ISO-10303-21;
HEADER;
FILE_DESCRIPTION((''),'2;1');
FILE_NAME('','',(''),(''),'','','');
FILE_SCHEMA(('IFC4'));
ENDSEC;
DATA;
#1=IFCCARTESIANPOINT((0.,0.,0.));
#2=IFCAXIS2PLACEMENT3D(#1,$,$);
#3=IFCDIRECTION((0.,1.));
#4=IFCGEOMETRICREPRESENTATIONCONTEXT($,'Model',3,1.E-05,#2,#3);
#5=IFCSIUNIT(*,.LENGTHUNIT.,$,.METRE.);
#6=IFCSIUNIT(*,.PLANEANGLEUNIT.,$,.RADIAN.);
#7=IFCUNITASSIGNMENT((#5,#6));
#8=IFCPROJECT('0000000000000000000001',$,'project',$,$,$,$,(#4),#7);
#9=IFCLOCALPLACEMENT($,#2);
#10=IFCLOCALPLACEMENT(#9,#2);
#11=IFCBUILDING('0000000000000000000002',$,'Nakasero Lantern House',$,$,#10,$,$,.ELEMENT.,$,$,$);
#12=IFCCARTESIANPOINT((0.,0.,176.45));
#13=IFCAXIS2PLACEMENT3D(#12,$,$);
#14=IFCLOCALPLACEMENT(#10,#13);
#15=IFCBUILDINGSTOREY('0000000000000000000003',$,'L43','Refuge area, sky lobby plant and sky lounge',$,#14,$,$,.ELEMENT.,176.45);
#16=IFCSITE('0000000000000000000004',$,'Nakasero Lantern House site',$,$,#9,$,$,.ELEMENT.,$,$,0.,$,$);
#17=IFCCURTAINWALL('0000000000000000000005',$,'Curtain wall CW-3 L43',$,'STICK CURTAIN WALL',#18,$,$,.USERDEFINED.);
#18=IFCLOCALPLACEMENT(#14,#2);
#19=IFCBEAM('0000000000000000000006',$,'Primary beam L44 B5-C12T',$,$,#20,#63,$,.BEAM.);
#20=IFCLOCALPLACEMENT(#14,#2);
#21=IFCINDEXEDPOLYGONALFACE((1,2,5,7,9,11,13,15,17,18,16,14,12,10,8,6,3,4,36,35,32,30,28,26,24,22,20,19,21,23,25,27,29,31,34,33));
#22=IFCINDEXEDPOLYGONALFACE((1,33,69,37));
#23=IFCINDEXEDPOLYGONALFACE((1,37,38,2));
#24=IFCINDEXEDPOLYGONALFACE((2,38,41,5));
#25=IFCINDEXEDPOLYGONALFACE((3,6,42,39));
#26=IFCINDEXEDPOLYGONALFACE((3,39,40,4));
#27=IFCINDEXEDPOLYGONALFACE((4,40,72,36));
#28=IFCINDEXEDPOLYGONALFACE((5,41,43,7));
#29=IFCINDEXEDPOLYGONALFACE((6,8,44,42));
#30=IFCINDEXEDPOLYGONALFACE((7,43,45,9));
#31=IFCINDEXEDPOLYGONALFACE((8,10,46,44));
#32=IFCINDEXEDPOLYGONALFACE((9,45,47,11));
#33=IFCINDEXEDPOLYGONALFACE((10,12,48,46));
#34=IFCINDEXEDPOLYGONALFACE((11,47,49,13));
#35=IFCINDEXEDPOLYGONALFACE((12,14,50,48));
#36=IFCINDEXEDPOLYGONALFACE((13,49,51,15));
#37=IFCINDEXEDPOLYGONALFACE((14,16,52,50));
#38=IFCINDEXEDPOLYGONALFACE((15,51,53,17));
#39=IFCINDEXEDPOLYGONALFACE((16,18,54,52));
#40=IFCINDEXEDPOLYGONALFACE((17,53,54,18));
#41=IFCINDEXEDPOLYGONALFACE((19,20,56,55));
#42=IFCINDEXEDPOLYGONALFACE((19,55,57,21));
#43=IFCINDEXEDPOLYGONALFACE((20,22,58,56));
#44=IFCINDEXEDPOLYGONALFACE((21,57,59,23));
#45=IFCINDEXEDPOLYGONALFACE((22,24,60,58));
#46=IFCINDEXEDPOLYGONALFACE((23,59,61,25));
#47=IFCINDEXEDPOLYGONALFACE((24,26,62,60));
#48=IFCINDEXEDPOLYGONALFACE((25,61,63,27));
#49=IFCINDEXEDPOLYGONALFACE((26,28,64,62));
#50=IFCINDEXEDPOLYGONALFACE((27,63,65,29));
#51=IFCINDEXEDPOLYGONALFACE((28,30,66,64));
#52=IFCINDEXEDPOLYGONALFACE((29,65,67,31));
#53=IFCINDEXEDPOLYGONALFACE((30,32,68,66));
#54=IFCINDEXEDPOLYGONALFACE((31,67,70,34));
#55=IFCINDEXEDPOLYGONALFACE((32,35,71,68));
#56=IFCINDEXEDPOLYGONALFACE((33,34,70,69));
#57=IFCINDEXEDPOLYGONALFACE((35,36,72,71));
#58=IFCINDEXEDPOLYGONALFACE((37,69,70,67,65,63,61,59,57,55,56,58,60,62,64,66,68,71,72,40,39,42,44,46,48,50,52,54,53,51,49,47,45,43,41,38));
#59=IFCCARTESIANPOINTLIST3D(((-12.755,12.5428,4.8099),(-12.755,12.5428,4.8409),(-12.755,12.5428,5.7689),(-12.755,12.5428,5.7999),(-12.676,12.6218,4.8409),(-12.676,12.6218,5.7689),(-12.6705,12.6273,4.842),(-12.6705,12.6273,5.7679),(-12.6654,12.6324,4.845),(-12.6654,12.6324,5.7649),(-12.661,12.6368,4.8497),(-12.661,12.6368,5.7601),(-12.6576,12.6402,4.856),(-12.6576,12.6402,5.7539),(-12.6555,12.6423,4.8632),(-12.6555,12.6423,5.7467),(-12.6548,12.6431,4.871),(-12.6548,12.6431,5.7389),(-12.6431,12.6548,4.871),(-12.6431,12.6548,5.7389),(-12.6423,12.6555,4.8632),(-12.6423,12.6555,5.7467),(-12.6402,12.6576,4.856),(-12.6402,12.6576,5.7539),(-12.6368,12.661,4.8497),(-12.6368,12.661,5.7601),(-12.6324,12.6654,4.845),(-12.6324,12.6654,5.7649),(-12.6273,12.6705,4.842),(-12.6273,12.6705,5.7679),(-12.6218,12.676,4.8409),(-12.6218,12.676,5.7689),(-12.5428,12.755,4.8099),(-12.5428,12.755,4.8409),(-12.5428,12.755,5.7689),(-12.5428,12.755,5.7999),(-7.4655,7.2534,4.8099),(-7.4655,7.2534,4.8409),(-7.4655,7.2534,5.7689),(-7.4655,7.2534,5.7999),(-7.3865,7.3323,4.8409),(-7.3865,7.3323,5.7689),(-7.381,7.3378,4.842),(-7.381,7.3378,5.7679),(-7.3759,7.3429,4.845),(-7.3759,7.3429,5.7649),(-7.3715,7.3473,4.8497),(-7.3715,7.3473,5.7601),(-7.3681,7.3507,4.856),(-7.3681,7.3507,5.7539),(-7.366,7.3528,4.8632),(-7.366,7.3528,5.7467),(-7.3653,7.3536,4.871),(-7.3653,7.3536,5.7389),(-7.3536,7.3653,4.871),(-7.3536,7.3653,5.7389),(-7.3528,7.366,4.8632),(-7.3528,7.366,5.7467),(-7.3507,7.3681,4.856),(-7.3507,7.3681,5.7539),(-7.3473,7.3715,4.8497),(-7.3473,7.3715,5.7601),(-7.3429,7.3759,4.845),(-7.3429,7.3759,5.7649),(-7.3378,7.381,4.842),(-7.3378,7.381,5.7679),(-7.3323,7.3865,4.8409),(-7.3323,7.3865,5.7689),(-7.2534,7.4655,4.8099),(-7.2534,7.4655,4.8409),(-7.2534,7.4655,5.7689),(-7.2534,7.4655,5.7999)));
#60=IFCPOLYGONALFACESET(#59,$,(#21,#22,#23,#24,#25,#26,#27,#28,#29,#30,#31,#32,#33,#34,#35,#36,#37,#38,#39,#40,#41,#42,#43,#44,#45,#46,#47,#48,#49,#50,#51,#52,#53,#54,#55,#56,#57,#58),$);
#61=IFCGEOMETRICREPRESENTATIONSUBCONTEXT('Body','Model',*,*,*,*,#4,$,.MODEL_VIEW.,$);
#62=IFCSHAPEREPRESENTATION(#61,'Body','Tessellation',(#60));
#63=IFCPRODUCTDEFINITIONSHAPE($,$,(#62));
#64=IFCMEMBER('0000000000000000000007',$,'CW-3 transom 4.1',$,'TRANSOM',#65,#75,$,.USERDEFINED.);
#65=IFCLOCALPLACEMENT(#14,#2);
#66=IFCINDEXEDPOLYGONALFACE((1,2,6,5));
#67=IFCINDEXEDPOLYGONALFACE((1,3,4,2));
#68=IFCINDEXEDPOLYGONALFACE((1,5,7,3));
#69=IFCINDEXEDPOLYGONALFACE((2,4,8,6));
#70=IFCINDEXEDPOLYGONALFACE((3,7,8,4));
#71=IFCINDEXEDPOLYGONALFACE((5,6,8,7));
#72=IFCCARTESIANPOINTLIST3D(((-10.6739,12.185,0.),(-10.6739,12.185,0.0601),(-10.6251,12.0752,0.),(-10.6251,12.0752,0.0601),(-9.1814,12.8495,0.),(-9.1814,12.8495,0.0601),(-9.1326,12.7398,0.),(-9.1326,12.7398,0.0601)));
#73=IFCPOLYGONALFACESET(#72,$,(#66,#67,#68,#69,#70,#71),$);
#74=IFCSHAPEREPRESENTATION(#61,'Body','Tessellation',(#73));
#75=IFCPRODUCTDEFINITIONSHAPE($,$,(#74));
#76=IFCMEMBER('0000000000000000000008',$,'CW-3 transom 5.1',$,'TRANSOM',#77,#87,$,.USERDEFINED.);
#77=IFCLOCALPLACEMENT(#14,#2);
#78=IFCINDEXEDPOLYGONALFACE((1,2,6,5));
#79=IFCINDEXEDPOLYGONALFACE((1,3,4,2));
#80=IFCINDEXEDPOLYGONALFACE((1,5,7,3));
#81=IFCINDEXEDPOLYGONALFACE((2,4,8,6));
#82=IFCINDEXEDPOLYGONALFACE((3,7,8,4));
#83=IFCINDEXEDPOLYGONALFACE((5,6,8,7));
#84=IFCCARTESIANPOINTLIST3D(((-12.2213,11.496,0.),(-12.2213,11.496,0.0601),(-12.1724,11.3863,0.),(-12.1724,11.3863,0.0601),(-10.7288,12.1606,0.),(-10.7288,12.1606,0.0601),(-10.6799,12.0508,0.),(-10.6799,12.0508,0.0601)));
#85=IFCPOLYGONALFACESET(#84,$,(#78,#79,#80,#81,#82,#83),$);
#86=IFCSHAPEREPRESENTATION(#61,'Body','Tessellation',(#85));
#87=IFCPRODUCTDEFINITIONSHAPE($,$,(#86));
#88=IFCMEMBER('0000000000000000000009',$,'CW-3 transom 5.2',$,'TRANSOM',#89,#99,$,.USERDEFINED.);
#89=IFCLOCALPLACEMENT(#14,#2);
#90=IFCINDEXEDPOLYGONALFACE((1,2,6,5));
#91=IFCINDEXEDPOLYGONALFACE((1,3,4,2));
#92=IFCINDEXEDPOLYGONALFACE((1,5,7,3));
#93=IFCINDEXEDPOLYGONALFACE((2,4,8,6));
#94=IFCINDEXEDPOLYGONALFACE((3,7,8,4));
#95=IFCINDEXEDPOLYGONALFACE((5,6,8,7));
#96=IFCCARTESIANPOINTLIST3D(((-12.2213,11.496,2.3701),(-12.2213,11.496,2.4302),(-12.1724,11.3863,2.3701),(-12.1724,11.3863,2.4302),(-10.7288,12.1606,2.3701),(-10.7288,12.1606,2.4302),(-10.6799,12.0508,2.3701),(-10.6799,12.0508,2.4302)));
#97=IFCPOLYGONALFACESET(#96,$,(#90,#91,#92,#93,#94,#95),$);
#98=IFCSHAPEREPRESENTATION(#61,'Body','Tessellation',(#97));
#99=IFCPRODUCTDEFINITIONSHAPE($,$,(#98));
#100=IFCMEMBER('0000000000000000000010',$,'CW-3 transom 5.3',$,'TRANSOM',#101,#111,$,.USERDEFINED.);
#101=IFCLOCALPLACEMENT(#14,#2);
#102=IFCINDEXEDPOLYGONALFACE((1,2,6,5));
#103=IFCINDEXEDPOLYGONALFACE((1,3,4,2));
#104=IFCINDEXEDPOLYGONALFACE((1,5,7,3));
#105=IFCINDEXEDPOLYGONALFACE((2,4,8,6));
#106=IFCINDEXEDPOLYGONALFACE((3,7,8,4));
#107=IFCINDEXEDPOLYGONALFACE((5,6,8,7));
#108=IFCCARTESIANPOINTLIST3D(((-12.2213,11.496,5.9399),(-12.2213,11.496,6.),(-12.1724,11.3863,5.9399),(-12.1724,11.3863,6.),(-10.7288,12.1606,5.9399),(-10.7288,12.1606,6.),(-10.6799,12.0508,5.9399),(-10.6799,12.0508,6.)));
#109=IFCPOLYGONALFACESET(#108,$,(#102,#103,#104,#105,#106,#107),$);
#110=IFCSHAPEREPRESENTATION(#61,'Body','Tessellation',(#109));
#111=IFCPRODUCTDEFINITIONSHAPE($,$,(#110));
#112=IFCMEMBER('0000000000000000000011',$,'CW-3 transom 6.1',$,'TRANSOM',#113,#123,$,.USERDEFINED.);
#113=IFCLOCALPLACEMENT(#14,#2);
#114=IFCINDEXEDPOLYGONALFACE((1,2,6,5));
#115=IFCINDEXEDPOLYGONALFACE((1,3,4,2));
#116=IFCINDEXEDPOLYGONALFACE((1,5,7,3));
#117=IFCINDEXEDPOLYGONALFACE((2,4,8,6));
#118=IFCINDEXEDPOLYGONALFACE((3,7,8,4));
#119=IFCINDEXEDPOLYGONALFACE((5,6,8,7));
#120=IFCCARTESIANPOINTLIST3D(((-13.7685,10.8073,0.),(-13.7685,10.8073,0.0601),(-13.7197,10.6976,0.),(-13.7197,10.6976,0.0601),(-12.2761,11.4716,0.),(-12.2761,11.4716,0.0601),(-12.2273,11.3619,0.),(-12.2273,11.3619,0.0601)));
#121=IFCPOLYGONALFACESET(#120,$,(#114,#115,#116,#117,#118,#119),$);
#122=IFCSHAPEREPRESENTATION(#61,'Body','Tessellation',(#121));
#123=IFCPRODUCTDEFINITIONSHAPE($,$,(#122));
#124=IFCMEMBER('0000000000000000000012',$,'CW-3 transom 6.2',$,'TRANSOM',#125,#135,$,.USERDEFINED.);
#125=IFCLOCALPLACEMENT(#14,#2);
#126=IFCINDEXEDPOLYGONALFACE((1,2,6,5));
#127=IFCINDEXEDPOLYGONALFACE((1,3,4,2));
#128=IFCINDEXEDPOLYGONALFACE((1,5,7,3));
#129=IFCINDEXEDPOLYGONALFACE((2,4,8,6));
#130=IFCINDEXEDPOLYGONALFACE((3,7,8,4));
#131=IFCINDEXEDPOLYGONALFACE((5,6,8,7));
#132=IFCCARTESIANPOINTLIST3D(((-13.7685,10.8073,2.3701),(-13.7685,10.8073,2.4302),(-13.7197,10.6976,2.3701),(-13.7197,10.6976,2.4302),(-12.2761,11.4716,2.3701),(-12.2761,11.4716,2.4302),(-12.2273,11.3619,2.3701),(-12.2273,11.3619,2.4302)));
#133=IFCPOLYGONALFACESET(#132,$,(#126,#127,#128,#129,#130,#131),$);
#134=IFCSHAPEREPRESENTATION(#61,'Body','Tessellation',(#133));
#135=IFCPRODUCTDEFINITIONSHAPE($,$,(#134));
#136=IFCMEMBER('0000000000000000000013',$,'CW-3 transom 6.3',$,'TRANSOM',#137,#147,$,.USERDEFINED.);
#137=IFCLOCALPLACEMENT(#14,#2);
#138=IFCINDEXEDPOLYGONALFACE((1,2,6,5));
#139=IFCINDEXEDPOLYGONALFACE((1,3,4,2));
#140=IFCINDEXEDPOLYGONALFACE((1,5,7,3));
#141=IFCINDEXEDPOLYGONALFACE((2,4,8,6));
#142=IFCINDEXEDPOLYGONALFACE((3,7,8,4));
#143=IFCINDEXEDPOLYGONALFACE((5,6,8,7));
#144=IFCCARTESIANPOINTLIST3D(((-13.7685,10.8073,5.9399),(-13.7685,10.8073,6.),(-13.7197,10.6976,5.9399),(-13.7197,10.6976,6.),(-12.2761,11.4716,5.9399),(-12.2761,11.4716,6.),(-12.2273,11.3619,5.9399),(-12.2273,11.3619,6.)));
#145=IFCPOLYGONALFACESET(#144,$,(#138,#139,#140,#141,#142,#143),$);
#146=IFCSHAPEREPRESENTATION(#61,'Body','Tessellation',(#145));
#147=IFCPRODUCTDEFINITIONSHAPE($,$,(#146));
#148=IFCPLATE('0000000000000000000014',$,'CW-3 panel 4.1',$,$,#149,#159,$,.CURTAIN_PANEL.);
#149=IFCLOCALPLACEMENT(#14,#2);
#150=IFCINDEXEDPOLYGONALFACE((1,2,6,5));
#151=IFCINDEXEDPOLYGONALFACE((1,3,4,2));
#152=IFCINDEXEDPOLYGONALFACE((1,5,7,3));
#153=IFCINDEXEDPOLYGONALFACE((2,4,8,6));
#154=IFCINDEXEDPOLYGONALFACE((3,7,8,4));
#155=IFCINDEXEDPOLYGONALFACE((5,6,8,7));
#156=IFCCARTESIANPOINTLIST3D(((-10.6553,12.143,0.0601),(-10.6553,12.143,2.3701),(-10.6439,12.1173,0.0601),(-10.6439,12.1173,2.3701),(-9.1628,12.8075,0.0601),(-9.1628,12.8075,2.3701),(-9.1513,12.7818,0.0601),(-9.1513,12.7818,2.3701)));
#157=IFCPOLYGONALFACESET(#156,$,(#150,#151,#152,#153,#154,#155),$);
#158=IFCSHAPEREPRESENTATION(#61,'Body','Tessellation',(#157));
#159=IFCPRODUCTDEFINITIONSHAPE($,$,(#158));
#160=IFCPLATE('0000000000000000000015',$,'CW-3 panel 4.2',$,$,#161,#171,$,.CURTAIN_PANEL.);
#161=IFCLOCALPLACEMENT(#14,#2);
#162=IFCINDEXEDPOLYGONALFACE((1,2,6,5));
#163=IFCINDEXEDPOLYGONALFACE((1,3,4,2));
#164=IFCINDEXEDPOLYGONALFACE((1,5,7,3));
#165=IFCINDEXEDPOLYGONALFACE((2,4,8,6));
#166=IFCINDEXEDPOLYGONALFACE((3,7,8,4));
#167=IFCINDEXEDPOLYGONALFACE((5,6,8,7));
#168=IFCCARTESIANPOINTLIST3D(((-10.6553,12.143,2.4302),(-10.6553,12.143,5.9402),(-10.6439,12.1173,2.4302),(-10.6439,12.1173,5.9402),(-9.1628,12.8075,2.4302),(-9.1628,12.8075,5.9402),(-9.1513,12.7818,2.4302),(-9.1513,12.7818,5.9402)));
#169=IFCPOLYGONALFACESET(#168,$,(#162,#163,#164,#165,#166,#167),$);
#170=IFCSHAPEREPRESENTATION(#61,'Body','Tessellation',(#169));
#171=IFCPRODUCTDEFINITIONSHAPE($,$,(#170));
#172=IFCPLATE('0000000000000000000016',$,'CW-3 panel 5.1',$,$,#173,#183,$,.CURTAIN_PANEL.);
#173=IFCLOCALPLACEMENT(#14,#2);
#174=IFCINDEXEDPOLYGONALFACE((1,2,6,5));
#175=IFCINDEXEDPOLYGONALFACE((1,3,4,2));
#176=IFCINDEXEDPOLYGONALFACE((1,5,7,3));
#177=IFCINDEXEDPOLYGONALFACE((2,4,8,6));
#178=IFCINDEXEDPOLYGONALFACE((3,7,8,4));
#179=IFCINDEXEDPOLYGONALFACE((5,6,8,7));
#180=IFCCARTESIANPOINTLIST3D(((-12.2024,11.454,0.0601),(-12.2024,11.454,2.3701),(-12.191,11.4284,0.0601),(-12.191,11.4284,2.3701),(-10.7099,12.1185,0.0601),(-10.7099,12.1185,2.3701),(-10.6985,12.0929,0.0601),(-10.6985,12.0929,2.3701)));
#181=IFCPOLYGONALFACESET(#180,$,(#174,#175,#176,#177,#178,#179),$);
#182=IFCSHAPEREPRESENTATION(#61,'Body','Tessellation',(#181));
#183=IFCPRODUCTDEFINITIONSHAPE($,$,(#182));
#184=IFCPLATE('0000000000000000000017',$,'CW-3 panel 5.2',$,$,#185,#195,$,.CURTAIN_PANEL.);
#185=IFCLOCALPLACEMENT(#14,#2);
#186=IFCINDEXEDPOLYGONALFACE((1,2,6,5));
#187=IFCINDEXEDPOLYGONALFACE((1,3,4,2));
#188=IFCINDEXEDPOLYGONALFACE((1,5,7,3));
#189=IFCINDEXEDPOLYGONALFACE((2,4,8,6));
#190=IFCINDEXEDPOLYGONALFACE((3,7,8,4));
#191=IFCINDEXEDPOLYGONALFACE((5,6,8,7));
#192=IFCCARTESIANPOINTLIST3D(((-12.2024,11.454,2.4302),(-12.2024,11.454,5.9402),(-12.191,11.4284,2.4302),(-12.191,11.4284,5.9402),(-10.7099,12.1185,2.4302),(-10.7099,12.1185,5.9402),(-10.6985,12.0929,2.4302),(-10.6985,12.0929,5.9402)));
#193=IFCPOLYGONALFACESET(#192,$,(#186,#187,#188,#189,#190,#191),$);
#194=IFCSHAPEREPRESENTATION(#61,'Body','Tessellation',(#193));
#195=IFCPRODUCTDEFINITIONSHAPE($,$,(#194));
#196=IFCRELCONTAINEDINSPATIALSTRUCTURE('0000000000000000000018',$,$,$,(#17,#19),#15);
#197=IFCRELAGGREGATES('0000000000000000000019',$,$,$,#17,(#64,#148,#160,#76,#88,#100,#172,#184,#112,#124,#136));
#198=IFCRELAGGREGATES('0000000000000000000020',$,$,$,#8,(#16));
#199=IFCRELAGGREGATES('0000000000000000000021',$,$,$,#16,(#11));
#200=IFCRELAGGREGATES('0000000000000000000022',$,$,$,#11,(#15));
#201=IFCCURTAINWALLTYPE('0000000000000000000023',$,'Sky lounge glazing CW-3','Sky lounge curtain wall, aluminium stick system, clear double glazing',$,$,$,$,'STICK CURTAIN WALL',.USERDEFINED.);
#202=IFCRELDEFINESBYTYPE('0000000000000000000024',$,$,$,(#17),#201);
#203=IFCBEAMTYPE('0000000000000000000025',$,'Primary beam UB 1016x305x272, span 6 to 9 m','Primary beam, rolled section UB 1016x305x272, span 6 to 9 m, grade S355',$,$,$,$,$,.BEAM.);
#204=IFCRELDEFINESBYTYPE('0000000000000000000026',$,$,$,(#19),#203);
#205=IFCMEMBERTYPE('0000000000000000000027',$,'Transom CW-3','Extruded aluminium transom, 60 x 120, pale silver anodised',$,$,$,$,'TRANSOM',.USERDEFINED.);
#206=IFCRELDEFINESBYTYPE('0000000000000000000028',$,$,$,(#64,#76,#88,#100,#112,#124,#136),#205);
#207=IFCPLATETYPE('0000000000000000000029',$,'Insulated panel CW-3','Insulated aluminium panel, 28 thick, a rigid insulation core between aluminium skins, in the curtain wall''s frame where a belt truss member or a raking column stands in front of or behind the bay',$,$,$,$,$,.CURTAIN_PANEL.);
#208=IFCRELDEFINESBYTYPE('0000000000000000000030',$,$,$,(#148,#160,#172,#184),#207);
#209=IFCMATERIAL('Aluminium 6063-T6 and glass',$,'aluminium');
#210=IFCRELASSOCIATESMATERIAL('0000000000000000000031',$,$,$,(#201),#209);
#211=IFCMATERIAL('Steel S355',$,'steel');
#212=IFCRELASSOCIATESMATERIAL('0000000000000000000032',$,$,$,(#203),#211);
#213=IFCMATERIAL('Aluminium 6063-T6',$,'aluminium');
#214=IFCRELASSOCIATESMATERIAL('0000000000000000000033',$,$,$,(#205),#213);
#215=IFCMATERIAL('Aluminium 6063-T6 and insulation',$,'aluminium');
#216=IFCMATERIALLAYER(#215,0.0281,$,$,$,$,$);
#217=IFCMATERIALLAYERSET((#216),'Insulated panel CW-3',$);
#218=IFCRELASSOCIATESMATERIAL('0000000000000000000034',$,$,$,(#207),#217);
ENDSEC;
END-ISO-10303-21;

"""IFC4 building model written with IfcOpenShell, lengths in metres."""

from ifc_helpers import new_model, si_unit, direction, frame, origin, origin_2d, place, context, subcontext, project, spatial, rectangle, i_section, extrude, material, layer, layer_set, material_profile, profile_set, type_object, element, aggregate, save


model = new_model("IFC4")

# Units and contexts
model_context = context("Model", 3, precision=1e-05, world=origin(), true_north=direction((0.0, 1.0)))
body_context = subcontext(model_context, "Body", "Model", "MODEL_VIEW")
ifc_project = project(units=[si_unit("LENGTHUNIT", "METRE"), si_unit("PLANEANGLEUNIT", "RADIAN")], contexts=[model_context])

# Site, building, storey
site_placement = place(None, origin())
site = spatial("IfcSite", under=ifc_project, at=site_placement, Name="Nakasero Lantern House site", CompositionType="ELEMENT", RefElevation=0.0)
building_placement = place(site_placement, origin())
building = spatial("IfcBuilding", under=site, at=building_placement, Name="Nakasero Lantern House", CompositionType="ELEMENT")
storey_placement = place(building_placement, frame((0.0, 0.0, 176.45)))
storey = spatial("IfcBuildingStorey", under=building, at=storey_placement, Name="L43", Description="Refuge area, sky lobby plant and sky lounge", CompositionType="ELEMENT", Elevation=176.45)

# Curtain wall
ifc_material_1 = material(Name="Aluminium 6063-T6 and glass", Category="aluminium")
curtain_wall_type = type_object("IfcCurtainWallType", Name="Sky lounge glazing CW-3", Description="Sky lounge curtain wall, aluminium stick system, clear double glazing", ElementType="STICK CURTAIN WALL", PredefinedType="USERDEFINED", material=ifc_material_1)
curtain_wall_placement = place(storey_placement, origin())
curtain_wall = element("IfcCurtainWall", 1, at=curtain_wall_placement, inside=storey, type_object=curtain_wall_type, Name="Curtain wall CW-3 L43", ObjectType="STICK CURTAIN WALL", PredefinedType="USERDEFINED")

# Beam
ifc_material_2 = material(Name="Steel S355", Category="steel")
ifc_material_profile_1 = material_profile(ifc_material_2, i_section(OverallWidth=0.3, OverallDepth=0.99, WebThickness=0.0166, FlangeThickness=0.031, FilletRadius=0.03, at=origin_2d()), Name="UB 1016x305x272")
ifc_profile_set_1 = profile_set([ifc_material_profile_1], Name="Steel S355")
beam_type_1 = type_object("IfcBeamType", Name="Primary beam UB 1016x305x272, span 6 to 9 m", Description="Primary beam, rolled section UB 1016x305x272, span 6 to 9 m, grade S355", PredefinedType="BEAM", material=ifc_profile_set_1)
beam_1_placement = place(storey_placement, frame((-12.6489, 12.6489, 5.3049), z_axis=(0.707107, -0.707107, 0.0), x_axis=(0.707107, 0.707107, 0.0)))
element("IfcBeam", 2, at=beam_1_placement, inside=storey, type_object=beam_type_1, Name="Primary beam L44 B5-C12T", PredefinedType="BEAM", context=body_context, shape_type="SweptSolid", body=[
    extrude(i_section(OverallWidth=0.3, OverallDepth=0.99, WebThickness=0.0166, FlangeThickness=0.031, FilletRadius=0.03, at=origin_2d()), origin(), (0.0, 0.0, 1.0), 7.4805),
])

# Members
ifc_material_3 = material(Name="Aluminium 6063-T6", Category="aluminium")
ifc_material_profile_2 = material_profile(ifc_material_3, rectangle(XDim=0.0601, YDim=0.1201, at=origin_2d()), Name="CW-3 transom 60x120")
ifc_profile_set_2 = profile_set([ifc_material_profile_2], Name="Aluminium 6063-T6")
member_type_1 = type_object("IfcMemberType", Name="Transom CW-3", Description="Extruded aluminium transom, 60 x 120, pale silver anodised", ElementType="TRANSOM", PredefinedType="USERDEFINED", material=ifc_profile_set_2)
member_1_placement = place(storey_placement, frame((-9.157, 12.7947, 0.03), z_axis=(-0.913528, -0.406776, 0.0), x_axis=(0.0, 0.0, 1.0)))
member_1 = element("IfcMember", 3, at=member_1_placement, type_object=member_type_1, Name="CW-3 transom 4.1", ObjectType="TRANSOM", PredefinedType="USERDEFINED", context=body_context, shape_type="SweptSolid", body=[
    extrude(rectangle(XDim=0.0601, YDim=0.1201, at=origin_2d()), origin(), (0.0, 0.0, 1.0), 1.6338),
])
member_2_placement = place(storey_placement, frame((-10.7043, 12.1057, 0.03), z_axis=(-0.913528, -0.406776, 0.0), x_axis=(0.0, 0.0, 1.0)))
member_2 = element("IfcMember", 4, at=member_2_placement, type_object=member_type_1, Name="CW-3 transom 5.1", ObjectType="TRANSOM", PredefinedType="USERDEFINED", context=body_context, shape_type="SweptSolid", body=[
    extrude(rectangle(XDim=0.0601, YDim=0.1201, at=origin_2d()), origin(), (0.0, 0.0, 1.0), 1.6338),
])
member_3_placement = place(storey_placement, frame((-10.7043, 12.1057, 2.4001), z_axis=(-0.913528, -0.406776, 0.0), x_axis=(0.0, 0.0, 1.0)))
member_3 = element("IfcMember", 5, at=member_3_placement, type_object=member_type_1, Name="CW-3 transom 5.2", ObjectType="TRANSOM", PredefinedType="USERDEFINED", context=body_context, shape_type="SweptSolid", body=[
    extrude(rectangle(XDim=0.0601, YDim=0.1201, at=origin_2d()), origin(), (0.0, 0.0, 1.0), 1.6338),
])
member_4_placement = place(storey_placement, frame((-10.7043, 12.1057, 5.97), z_axis=(-0.913528, -0.406776, 0.0), x_axis=(0.0, 0.0, 1.0)))
member_4 = element("IfcMember", 6, at=member_4_placement, type_object=member_type_1, Name="CW-3 transom 5.3", ObjectType="TRANSOM", PredefinedType="USERDEFINED", context=body_context, shape_type="SweptSolid", body=[
    extrude(rectangle(XDim=0.0601, YDim=0.1201, at=origin_2d()), origin(), (0.0, 0.0, 1.0), 1.6338),
])
member_5_placement = place(storey_placement, frame((-12.2517, 11.4167, 0.03), z_axis=(-0.913583, -0.406651, 0.0), x_axis=(0.0, 0.0, 1.0)))
member_5 = element("IfcMember", 7, at=member_5_placement, type_object=member_type_1, Name="CW-3 transom 6.1", ObjectType="TRANSOM", PredefinedType="USERDEFINED", context=body_context, shape_type="SweptSolid", body=[
    extrude(rectangle(XDim=0.0601, YDim=0.1201, at=origin_2d()), origin(), (0.0, 0.0, 1.0), 1.6335),
])
member_6_placement = place(storey_placement, frame((-12.2517, 11.4167, 2.4001), z_axis=(-0.913583, -0.406651, 0.0), x_axis=(0.0, 0.0, 1.0)))
member_6 = element("IfcMember", 8, at=member_6_placement, type_object=member_type_1, Name="CW-3 transom 6.2", ObjectType="TRANSOM", PredefinedType="USERDEFINED", context=body_context, shape_type="SweptSolid", body=[
    extrude(rectangle(XDim=0.0601, YDim=0.1201, at=origin_2d()), origin(), (0.0, 0.0, 1.0), 1.6335),
])
member_7_placement = place(storey_placement, frame((-12.2517, 11.4167, 5.97), z_axis=(-0.913583, -0.406651, 0.0), x_axis=(0.0, 0.0, 1.0)))
member_7 = element("IfcMember", 9, at=member_7_placement, type_object=member_type_1, Name="CW-3 transom 6.3", ObjectType="TRANSOM", PredefinedType="USERDEFINED", context=body_context, shape_type="SweptSolid", body=[
    extrude(rectangle(XDim=0.0601, YDim=0.1201, at=origin_2d()), origin(), (0.0, 0.0, 1.0), 1.6335),
])

# Plates
ifc_material_4 = material(Name="Aluminium 6063-T6 and insulation", Category="aluminium")
ifc_layer_1 = layer(ifc_material_4, 0.0281)
ifc_layer_set_1 = layer_set([ifc_layer_1], Name="Insulated panel CW-3")
plate_type = type_object("IfcPlateType", Name="Insulated panel CW-3", Description="Insulated aluminium panel, 28 thick, a rigid insulation core between aluminium skins, in the curtain wall's frame where a belt truss member or a raking column stands in front of or behind the bay", PredefinedType="CURTAIN_PANEL", material=ifc_layer_set_1)
plate_1_placement = place(storey_placement, frame((-9.9033, 12.4624, 0.0601), z_axis=(0.0, 0.0, 1.0), x_axis=(-0.913545, -0.406737, 0.0)))
plate_1 = element("IfcPlate", 10, at=plate_1_placement, type_object=plate_type, Name="CW-3 panel 4.1", PredefinedType="CURTAIN_PANEL", context=body_context, shape_type="SweptSolid", body=[
    extrude(rectangle(XDim=1.6338, YDim=0.0281, at=origin_2d()), origin(), (0.0, 0.0, 1.0), 2.3101),
])
plate_2_placement = place(storey_placement, frame((-9.9033, 12.4624, 2.4302), z_axis=(0.0, 0.0, 1.0), x_axis=(-0.913545, -0.406737, 0.0)))
plate_2 = element("IfcPlate", 11, at=plate_2_placement, type_object=plate_type, Name="CW-3 panel 4.2", PredefinedType="CURTAIN_PANEL", context=body_context, shape_type="SweptSolid", body=[
    extrude(rectangle(XDim=1.6338, YDim=0.0281, at=origin_2d()), origin(), (0.0, 0.0, 1.0), 3.51),
])
plate_3_placement = place(storey_placement, frame((-11.4504, 11.7734, 0.0601), z_axis=(0.0, 0.0, 1.0), x_axis=(-0.913545, -0.406737, 0.0)))
plate_3 = element("IfcPlate", 12, at=plate_3_placement, type_object=plate_type, Name="CW-3 panel 5.1", PredefinedType="CURTAIN_PANEL", context=body_context, shape_type="SweptSolid", body=[
    extrude(rectangle(XDim=1.6338, YDim=0.0281, at=origin_2d()), origin(), (0.0, 0.0, 1.0), 2.3101),
])
plate_4_placement = place(storey_placement, frame((-11.4504, 11.7734, 2.4302), z_axis=(0.0, 0.0, 1.0), x_axis=(-0.913545, -0.406737, 0.0)))
plate_4 = element("IfcPlate", 13, at=plate_4_placement, type_object=plate_type, Name="CW-3 panel 5.2", PredefinedType="CURTAIN_PANEL", context=body_context, shape_type="SweptSolid", body=[
    extrude(rectangle(XDim=1.6338, YDim=0.0281, at=origin_2d()), origin(), (0.0, 0.0, 1.0), 3.51),
])
aggregate(curtain_wall, [member_1, plate_1, plate_2, member_2, member_3, member_4, plate_3, plate_4, member_5, member_6, member_7])

save(model, "model.ifc")
